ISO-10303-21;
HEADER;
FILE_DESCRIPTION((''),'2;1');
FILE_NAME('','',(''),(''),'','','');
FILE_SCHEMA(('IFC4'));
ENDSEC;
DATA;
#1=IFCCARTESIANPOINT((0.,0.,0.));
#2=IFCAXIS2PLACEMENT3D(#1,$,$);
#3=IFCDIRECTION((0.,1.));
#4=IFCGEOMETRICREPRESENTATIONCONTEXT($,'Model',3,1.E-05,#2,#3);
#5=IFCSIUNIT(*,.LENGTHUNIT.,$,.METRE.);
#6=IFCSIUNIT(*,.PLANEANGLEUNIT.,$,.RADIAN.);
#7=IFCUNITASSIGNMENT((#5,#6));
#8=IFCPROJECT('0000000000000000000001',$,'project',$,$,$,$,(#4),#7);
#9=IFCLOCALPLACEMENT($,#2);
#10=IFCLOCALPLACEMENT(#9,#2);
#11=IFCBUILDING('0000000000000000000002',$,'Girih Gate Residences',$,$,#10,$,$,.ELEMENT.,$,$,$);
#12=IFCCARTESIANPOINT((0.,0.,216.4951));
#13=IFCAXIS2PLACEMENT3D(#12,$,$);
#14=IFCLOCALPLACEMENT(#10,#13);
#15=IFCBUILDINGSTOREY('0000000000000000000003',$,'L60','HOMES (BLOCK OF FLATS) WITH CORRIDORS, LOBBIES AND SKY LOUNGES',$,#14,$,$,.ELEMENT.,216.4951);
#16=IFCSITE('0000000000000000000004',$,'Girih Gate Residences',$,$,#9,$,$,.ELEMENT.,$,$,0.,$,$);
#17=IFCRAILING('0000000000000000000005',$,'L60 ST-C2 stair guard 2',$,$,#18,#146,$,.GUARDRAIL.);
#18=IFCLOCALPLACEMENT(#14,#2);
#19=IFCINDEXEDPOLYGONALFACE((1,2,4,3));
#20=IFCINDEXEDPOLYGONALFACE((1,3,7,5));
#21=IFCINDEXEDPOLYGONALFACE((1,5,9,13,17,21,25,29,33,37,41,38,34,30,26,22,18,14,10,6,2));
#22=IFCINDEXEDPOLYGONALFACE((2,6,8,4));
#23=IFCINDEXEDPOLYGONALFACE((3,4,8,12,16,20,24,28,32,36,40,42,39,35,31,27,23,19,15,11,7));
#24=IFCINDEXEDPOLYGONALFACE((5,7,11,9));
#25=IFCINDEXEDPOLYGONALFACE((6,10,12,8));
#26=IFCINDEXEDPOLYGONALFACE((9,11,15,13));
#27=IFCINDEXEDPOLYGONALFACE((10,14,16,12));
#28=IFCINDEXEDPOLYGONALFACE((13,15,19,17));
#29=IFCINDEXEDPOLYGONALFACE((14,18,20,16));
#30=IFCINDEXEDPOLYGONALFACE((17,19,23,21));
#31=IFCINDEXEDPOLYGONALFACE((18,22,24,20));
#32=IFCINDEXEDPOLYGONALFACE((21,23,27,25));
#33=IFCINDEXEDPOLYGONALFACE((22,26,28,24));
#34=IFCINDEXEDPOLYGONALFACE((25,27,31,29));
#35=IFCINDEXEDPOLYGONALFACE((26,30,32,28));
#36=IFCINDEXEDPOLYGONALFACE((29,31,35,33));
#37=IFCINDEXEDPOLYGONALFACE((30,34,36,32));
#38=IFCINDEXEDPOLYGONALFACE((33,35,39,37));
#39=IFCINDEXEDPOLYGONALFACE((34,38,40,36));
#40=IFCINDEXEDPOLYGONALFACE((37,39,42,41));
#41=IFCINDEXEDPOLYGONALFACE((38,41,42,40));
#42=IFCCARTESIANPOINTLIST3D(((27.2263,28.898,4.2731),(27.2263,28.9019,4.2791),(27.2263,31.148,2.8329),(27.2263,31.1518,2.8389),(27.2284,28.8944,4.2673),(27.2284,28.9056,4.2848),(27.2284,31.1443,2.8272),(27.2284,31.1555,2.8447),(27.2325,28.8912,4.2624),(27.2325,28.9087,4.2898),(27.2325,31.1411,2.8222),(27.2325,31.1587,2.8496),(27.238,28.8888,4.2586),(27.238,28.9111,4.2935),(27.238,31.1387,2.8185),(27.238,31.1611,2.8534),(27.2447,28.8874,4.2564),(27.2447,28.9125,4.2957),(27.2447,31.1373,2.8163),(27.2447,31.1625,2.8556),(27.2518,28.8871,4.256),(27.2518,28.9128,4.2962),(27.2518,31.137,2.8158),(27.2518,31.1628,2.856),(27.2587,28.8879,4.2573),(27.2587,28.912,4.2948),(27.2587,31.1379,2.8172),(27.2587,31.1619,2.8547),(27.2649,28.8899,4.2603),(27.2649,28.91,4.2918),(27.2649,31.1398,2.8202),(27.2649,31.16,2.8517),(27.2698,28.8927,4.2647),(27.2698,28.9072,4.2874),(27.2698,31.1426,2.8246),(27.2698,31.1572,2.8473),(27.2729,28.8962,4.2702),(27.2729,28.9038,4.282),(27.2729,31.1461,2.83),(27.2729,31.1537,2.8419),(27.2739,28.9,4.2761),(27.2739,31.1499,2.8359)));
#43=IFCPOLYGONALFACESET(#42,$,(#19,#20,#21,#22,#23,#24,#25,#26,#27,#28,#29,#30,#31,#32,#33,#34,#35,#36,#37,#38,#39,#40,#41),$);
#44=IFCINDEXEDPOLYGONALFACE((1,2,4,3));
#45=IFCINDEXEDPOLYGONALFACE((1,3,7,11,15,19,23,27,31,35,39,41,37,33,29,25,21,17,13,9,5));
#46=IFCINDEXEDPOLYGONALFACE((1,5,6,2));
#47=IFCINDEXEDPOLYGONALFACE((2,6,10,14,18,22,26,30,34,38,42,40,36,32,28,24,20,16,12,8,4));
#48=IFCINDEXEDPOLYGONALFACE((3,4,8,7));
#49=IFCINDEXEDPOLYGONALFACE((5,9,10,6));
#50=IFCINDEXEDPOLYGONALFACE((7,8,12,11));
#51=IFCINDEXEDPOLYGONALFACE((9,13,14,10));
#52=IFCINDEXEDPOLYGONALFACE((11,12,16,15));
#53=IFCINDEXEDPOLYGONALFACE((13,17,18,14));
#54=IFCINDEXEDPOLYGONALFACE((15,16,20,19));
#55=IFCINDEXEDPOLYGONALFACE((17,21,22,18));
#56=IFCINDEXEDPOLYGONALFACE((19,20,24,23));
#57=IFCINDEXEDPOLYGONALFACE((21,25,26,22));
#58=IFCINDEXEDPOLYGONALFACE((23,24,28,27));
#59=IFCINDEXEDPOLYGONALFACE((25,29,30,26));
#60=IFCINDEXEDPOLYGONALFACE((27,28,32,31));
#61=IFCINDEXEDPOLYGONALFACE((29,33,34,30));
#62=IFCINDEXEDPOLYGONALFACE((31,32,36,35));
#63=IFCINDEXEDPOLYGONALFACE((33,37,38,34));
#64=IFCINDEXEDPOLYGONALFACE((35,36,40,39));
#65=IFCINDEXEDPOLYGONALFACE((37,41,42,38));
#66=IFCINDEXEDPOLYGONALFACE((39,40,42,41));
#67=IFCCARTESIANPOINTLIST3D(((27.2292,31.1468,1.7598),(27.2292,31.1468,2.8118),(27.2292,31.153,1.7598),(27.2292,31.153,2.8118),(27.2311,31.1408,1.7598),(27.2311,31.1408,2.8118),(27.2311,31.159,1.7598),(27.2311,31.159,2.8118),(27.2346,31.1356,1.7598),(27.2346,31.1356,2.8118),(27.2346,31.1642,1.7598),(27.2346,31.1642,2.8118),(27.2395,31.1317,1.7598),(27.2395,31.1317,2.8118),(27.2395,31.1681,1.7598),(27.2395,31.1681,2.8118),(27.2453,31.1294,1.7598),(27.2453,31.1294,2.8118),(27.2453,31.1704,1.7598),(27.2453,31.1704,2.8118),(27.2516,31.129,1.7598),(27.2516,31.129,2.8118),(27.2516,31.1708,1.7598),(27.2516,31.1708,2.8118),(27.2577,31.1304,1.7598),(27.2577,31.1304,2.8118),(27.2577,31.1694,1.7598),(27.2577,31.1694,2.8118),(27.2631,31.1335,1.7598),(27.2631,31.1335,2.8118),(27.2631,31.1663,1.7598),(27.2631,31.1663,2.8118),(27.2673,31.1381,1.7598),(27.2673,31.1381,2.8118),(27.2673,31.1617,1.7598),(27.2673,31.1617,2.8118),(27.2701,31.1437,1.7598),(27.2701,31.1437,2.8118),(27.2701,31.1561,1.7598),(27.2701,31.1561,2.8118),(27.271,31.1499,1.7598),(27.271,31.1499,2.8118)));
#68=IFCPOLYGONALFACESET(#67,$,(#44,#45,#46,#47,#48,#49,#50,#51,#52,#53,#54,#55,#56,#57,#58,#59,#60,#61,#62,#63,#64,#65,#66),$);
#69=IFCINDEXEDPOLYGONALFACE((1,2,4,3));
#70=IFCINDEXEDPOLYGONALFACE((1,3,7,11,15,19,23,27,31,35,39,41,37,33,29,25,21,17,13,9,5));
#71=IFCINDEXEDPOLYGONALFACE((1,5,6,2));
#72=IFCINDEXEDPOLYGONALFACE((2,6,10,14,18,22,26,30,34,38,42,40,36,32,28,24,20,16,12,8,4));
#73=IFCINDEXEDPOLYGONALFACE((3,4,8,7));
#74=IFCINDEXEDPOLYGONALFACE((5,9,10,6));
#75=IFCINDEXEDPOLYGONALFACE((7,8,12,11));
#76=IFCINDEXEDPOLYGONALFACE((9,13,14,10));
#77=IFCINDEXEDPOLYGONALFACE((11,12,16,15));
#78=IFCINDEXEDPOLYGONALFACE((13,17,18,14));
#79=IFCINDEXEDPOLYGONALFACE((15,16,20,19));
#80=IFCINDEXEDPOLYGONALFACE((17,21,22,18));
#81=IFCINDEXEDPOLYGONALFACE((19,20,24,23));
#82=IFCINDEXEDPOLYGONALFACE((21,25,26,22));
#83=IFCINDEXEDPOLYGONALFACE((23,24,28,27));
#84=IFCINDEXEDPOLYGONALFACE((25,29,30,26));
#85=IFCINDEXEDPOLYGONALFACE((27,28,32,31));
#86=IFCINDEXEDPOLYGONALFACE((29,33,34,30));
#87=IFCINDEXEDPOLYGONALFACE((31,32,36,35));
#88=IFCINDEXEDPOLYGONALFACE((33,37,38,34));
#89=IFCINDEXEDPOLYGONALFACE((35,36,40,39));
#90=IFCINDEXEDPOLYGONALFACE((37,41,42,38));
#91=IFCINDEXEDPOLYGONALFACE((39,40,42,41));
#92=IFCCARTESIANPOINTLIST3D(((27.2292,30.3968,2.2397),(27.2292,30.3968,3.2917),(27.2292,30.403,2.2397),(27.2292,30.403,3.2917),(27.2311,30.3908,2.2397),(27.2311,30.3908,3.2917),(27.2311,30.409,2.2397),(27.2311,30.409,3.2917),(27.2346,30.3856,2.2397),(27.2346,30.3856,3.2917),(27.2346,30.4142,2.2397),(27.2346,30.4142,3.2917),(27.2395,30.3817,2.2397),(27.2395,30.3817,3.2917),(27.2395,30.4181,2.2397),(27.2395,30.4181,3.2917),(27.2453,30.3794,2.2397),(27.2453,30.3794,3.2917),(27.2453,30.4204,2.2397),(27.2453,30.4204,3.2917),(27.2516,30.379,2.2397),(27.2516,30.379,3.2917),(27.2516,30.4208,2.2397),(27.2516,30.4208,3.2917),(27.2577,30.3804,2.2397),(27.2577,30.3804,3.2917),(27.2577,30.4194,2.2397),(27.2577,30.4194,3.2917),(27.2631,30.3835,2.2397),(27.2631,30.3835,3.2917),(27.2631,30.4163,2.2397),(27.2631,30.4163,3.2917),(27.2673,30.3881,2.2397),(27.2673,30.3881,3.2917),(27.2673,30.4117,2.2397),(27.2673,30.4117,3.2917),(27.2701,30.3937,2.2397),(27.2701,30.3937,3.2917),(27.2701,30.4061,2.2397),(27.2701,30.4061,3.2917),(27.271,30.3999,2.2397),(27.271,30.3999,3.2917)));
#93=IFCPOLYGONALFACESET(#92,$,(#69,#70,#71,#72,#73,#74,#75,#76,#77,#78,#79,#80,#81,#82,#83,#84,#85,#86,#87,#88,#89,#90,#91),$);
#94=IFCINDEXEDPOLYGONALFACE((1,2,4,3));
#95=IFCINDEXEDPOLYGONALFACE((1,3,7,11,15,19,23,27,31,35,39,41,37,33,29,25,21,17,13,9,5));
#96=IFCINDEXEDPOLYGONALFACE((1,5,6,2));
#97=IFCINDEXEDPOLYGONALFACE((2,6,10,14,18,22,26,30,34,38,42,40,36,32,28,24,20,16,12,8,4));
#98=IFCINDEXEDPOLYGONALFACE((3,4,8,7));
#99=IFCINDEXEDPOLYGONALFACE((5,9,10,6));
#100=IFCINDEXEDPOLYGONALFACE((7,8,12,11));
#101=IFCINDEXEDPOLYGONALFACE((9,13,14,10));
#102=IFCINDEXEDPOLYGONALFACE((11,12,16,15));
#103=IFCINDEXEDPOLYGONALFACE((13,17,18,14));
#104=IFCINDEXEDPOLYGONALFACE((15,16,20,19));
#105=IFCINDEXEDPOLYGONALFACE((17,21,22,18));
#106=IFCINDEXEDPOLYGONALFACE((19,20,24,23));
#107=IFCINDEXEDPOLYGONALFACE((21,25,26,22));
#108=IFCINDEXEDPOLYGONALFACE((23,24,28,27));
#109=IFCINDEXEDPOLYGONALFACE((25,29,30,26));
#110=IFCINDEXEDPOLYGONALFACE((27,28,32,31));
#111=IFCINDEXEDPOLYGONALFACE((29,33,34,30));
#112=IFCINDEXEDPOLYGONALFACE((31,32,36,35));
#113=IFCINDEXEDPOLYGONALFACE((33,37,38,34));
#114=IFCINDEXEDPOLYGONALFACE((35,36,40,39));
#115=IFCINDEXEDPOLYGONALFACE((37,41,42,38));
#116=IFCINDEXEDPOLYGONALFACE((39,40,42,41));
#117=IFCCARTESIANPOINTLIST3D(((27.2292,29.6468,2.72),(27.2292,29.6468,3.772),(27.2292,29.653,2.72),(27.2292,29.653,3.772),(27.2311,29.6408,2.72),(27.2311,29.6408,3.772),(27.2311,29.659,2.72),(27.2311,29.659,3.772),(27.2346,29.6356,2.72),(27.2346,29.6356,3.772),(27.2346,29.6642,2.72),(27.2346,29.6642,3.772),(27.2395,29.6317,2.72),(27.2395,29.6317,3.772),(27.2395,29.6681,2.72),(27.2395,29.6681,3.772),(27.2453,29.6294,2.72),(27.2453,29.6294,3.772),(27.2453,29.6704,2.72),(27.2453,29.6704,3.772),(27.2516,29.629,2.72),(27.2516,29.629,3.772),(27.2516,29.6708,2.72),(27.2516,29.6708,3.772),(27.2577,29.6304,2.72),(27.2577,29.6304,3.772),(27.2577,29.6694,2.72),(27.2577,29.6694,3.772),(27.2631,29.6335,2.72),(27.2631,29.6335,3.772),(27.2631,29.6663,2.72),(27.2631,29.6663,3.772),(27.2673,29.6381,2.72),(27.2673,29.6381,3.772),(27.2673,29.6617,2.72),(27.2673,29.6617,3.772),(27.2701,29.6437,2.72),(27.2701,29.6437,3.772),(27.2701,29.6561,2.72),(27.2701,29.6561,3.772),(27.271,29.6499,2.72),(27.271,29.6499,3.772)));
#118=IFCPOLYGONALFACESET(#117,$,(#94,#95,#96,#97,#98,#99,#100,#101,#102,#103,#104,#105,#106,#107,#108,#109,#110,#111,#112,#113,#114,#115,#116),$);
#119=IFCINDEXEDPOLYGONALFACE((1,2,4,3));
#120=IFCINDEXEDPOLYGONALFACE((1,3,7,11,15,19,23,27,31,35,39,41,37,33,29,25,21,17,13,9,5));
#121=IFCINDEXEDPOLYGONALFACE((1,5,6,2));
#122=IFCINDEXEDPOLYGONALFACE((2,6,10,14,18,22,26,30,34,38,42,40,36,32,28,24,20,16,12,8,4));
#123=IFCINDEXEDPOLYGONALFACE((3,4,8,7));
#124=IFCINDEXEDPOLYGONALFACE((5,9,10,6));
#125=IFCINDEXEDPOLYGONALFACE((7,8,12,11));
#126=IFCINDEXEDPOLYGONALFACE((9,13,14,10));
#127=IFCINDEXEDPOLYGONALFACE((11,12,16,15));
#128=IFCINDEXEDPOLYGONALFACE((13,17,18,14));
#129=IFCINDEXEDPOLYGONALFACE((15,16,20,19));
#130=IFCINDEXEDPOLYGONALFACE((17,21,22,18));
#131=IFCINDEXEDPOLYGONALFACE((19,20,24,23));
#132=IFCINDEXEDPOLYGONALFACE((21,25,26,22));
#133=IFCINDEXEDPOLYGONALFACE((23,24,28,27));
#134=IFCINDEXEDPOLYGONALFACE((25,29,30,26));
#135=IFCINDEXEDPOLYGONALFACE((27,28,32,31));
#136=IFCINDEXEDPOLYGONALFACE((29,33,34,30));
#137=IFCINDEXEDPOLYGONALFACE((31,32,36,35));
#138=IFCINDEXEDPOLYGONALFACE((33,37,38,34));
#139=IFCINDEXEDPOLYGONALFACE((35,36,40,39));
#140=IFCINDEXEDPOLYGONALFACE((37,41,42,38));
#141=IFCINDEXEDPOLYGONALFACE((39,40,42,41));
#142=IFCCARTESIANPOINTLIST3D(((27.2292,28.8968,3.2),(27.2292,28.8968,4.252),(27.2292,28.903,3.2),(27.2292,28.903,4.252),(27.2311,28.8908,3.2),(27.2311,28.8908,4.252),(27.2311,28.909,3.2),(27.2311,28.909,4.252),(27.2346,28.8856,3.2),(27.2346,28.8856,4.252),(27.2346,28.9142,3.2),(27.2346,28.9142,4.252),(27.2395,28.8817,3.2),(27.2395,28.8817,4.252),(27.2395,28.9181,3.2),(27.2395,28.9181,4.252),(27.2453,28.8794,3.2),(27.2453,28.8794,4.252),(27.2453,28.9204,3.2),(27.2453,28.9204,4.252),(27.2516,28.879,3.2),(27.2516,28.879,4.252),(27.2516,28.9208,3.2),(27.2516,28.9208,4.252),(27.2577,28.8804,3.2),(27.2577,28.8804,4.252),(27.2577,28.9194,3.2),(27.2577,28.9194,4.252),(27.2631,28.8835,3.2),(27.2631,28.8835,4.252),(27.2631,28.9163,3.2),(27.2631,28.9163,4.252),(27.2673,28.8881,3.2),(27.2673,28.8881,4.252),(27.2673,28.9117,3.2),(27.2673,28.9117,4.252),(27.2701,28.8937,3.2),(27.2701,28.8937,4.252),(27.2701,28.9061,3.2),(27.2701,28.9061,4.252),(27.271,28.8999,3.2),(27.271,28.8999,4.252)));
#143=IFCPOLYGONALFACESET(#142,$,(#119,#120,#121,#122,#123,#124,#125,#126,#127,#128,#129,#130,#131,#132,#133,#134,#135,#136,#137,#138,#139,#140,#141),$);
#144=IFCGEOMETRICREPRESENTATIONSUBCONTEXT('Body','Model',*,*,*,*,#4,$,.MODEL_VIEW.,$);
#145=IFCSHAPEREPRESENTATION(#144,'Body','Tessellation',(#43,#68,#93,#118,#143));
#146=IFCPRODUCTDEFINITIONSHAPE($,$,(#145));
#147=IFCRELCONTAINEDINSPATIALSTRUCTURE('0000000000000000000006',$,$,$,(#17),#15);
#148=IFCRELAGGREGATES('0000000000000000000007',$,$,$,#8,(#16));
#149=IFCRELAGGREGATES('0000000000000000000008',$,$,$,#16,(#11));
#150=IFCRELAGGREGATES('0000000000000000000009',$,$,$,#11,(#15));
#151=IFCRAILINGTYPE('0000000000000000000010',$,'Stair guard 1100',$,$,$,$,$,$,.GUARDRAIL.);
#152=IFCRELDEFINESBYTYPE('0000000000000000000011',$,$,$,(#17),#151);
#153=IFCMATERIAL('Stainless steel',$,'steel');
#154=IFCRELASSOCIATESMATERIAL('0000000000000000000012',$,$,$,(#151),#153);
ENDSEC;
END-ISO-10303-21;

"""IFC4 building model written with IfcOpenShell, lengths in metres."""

from ifc_helpers import new_model, si_unit, direction, frame, origin, origin_2d, place, context, subcontext, project, spatial, circle, extrude, material, type_object, element, save


model = new_model("IFC4")

# Units and contexts
model_context = context("Model", 3, precision=1e-05, world=origin(), true_north=direction((0.0, 1.0)))
body_context = subcontext(model_context, "Body", "Model", "MODEL_VIEW")
ifc_project = project(units=[si_unit("LENGTHUNIT", "METRE"), si_unit("PLANEANGLEUNIT", "RADIAN")], contexts=[model_context])

# Site, building, storey
site_placement = place(None, origin())
site = spatial("IfcSite", under=ifc_project, at=site_placement, Name="Girih Gate Residences", CompositionType="ELEMENT", RefElevation=0.0)
building_placement = place(site_placement, origin())
building = spatial("IfcBuilding", under=site, at=building_placement, Name="Girih Gate Residences", CompositionType="ELEMENT")
storey_placement = place(building_placement, frame((0.0, 0.0, 216.4951)))
storey = spatial("IfcBuildingStorey", under=building, at=storey_placement, Name="L60", Description="HOMES (BLOCK OF FLATS) WITH CORRIDORS, LOBBIES AND SKY LOUNGES", CompositionType="ELEMENT", Elevation=216.4951)

# Railing
ifc_material_1 = material(Name="Stainless steel", Category="steel")
railing_type_1 = type_object("IfcRailingType", Name="Stair guard 1100", PredefinedType="GUARDRAIL", material=ifc_material_1)
railing_1_placement = place(storey_placement, frame((27.25, 31.1499, 1.7598)))
element("IfcRailing", 1, at=railing_1_placement, inside=storey, type_object=railing_type_1, Name="L60 ST-C2 stair guard 2", PredefinedType="GUARDRAIL", context=body_context, shape_type="SweptSolid", body=[
    extrude(circle(Radius=0.0239, at=origin_2d()), frame((0.0, 0.0, 1.0762), z_axis=(0.0, -0.84224, 0.539103), x_axis=(1.0, 0.0, 0.0)), (0.0, 0.0, 1.0), 2.6714),
    extrude(circle(Radius=0.021, at=origin_2d()), origin(), (0.0, 0.0, 1.0), 1.052),
    extrude(circle(Radius=0.021, at=origin_2d()), frame((0.0, -0.75, 0.48)), (0.0, 0.0, 1.0), 1.052),
    extrude(circle(Radius=0.021, at=origin_2d()), frame((0.0, -1.5, 0.9602)), (0.0, 0.0, 1.0), 1.052),
    extrude(circle(Radius=0.021, at=origin_2d()), frame((0.0, -2.25, 1.4402)), (0.0, 0.0, 1.0), 1.052),
])

save(model, "model.ifc")
